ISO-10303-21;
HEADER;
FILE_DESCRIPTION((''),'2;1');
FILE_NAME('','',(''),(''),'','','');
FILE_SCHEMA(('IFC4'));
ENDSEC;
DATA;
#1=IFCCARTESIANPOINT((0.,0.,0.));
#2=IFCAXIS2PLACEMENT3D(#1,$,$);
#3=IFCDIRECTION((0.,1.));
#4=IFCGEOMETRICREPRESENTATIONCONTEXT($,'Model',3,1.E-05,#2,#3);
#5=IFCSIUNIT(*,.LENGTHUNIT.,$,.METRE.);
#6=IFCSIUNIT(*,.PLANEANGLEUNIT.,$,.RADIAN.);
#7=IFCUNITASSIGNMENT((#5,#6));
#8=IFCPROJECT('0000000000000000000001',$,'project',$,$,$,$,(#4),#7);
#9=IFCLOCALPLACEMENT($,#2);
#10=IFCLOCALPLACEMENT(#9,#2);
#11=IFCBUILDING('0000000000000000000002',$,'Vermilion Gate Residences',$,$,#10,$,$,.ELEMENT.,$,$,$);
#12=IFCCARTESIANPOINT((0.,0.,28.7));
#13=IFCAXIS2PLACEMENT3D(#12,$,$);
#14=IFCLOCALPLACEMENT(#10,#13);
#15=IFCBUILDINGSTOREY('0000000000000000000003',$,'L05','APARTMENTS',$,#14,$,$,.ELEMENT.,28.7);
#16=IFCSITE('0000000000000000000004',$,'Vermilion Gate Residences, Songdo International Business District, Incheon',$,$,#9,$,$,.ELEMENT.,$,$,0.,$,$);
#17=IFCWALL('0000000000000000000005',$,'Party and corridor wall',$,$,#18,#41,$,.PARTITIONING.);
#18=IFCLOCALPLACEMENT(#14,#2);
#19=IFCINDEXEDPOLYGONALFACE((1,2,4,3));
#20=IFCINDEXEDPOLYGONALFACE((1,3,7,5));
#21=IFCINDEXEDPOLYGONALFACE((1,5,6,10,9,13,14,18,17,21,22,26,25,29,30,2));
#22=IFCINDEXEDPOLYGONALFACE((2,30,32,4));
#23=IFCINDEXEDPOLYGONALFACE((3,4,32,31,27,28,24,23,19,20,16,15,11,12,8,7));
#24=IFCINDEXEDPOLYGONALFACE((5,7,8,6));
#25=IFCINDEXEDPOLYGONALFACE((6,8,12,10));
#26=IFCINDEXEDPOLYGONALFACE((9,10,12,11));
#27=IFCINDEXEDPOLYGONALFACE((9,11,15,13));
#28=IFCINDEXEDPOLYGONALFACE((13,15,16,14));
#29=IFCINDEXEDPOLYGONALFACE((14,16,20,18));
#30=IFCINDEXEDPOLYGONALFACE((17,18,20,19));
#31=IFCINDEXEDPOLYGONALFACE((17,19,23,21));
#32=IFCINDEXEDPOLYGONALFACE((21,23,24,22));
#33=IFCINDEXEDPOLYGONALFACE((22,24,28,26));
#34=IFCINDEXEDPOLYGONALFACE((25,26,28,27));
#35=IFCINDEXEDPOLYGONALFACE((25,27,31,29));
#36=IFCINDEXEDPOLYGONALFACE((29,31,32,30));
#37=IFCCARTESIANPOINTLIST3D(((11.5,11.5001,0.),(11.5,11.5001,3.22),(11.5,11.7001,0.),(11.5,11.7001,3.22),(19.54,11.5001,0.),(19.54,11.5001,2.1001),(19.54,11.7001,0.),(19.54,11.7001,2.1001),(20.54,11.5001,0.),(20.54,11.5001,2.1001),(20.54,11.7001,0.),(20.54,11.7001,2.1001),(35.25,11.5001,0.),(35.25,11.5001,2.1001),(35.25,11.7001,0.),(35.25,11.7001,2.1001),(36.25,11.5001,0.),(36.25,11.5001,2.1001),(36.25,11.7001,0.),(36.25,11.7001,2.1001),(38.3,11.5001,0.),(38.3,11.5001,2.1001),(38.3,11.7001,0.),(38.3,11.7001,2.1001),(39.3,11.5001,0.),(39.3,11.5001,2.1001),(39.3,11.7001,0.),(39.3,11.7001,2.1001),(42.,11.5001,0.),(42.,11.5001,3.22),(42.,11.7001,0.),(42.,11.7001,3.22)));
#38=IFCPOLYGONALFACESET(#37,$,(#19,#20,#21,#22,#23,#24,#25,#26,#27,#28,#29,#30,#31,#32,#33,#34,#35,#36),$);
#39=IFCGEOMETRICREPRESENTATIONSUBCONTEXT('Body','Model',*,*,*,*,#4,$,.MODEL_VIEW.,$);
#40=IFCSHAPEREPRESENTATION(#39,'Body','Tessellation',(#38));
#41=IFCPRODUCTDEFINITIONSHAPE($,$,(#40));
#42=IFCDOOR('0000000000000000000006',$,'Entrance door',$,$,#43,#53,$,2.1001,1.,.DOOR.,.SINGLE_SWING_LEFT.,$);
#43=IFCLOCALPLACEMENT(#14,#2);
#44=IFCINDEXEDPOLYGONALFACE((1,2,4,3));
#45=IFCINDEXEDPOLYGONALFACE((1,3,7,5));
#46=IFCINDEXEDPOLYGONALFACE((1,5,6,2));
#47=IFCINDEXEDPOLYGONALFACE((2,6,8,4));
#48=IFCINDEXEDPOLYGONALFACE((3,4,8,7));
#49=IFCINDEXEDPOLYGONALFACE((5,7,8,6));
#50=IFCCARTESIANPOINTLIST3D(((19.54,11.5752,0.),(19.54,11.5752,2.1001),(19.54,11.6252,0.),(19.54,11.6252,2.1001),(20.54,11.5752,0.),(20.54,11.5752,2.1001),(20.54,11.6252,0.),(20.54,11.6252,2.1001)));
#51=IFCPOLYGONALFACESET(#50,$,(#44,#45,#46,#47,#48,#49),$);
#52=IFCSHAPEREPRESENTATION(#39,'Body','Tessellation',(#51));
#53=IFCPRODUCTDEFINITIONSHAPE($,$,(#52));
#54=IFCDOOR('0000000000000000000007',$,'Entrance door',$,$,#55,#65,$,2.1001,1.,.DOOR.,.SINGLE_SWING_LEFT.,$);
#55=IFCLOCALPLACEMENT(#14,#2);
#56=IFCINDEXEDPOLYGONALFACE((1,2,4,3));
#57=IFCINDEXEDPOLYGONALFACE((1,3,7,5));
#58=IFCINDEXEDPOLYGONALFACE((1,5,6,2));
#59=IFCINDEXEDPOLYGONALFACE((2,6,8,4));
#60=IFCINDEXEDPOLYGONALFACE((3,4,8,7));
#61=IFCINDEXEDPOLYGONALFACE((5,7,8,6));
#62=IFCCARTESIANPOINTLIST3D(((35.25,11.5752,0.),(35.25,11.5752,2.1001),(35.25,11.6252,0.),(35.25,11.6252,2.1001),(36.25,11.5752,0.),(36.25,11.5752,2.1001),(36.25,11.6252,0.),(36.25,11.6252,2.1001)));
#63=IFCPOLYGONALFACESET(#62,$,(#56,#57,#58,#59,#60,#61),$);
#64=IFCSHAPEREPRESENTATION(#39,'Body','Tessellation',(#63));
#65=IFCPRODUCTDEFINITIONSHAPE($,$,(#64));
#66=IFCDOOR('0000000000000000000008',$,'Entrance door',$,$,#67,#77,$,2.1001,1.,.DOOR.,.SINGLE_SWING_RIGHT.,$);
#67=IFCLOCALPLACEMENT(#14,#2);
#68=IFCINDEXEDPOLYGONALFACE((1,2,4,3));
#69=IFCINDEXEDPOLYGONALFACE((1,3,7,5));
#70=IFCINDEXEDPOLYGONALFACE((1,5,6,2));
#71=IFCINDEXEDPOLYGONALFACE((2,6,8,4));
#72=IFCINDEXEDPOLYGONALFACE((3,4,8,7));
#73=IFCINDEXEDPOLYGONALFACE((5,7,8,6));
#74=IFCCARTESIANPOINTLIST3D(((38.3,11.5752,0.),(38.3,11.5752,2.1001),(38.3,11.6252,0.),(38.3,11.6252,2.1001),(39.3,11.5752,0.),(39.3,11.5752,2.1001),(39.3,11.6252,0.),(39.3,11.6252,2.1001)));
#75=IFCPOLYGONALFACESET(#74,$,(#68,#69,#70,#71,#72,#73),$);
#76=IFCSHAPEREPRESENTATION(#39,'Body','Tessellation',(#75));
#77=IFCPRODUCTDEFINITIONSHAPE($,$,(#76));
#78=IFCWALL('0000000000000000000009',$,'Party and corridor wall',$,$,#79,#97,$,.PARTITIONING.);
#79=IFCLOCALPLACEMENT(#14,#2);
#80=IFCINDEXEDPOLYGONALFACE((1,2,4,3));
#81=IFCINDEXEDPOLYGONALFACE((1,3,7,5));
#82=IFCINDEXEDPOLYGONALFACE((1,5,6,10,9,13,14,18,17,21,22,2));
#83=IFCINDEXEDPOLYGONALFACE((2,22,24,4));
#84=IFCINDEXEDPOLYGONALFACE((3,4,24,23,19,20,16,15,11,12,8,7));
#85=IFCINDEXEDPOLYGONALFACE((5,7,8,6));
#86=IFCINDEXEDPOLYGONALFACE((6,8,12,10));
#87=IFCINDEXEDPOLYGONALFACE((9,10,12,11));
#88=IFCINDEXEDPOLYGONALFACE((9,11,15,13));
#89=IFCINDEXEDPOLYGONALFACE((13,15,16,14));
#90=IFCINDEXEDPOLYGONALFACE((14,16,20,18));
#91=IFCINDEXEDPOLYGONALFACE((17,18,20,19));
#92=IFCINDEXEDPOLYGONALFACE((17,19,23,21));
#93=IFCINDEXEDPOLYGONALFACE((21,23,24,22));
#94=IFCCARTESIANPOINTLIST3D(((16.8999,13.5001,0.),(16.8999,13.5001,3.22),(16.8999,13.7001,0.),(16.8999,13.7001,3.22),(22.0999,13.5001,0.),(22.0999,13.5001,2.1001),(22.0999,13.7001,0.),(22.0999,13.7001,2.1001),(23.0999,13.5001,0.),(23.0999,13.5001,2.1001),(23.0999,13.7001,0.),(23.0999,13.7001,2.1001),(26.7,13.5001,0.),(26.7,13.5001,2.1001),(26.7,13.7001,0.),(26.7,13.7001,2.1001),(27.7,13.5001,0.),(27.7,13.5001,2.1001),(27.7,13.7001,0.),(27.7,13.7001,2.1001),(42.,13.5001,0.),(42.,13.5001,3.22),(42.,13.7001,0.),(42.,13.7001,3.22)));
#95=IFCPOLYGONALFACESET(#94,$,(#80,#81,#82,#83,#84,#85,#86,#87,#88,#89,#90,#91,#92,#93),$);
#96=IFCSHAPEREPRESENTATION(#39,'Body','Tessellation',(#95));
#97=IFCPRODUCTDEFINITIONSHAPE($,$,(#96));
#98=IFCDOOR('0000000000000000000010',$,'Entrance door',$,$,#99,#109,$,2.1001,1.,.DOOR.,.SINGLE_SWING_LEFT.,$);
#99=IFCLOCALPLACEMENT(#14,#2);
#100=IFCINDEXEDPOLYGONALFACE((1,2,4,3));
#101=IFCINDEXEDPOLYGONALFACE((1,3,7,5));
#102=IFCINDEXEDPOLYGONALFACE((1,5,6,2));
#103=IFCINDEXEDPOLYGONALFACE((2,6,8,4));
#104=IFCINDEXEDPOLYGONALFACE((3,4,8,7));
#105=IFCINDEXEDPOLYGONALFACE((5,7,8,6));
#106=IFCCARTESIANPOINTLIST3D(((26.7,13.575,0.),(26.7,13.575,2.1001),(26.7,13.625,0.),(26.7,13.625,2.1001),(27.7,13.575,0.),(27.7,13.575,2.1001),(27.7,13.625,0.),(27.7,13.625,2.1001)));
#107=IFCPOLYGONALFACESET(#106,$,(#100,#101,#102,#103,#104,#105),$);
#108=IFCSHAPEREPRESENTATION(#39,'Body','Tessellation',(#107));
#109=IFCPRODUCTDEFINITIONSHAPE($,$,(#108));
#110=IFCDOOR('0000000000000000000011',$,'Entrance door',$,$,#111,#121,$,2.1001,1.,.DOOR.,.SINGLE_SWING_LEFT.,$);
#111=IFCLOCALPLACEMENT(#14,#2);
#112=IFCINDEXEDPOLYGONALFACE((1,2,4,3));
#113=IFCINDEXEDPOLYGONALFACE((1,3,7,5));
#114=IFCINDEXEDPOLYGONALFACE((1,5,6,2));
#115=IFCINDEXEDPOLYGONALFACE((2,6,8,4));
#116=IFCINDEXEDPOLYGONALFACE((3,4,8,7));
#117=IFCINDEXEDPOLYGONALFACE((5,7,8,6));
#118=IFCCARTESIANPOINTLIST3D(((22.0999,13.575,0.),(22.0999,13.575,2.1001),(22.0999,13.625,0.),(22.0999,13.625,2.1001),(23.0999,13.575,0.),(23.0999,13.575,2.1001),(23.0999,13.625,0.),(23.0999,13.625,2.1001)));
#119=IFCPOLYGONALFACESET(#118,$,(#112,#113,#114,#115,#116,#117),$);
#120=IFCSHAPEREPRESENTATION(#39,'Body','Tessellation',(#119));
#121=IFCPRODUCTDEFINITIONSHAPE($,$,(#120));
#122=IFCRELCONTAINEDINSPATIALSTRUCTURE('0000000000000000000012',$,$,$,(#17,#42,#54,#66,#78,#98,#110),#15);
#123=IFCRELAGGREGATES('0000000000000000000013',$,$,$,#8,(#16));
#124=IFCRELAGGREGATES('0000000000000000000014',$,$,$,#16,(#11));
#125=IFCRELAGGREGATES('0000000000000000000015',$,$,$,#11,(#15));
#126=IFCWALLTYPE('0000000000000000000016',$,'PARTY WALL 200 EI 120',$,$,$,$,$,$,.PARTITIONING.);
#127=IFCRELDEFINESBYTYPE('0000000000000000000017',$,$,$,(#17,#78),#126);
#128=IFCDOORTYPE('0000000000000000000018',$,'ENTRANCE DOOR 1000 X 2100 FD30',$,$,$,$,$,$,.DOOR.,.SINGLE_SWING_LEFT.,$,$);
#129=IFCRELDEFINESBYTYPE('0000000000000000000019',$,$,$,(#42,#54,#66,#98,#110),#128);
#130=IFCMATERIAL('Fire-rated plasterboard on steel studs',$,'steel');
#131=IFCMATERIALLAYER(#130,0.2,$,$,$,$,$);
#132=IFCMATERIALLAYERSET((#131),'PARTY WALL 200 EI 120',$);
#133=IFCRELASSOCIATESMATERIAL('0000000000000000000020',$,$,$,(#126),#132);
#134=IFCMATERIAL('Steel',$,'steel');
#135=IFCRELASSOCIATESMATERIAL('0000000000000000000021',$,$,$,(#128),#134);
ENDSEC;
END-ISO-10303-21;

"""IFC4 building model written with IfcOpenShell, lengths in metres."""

from ifc_helpers import new_model, si_unit, direction, frame, frame_2d, origin, place, context, subcontext, project, spatial, rectangle, extrude, material, layer, layer_set, type_object, element, fill, save


model = new_model("IFC4")

# Units and contexts
model_context = context("Model", 3, precision=1e-05, world=origin(), true_north=direction((0.0, 1.0)))
body_context = subcontext(model_context, "Body", "Model", "MODEL_VIEW")
ifc_project = project(units=[si_unit("LENGTHUNIT", "METRE"), si_unit("PLANEANGLEUNIT", "RADIAN")], contexts=[model_context])

# Site, building, storey
site_placement = place(None, origin())
site = spatial("IfcSite", under=ifc_project, at=site_placement, Name="Vermilion Gate Residences, Songdo International Business District, Incheon", CompositionType="ELEMENT", RefElevation=0.0)
building_placement = place(site_placement, origin())
building = spatial("IfcBuilding", under=site, at=building_placement, Name="Vermilion Gate Residences", CompositionType="ELEMENT")
storey_placement = place(building_placement, frame((0.0, 0.0, 28.7)))
storey = spatial("IfcBuildingStorey", under=building, at=storey_placement, Name="L05", Description="APARTMENTS", CompositionType="ELEMENT", Elevation=28.7)

# Walls, openings, doors
ifc_material_1 = material(Name="Fire-rated plasterboard on steel studs", Category="steel")
ifc_layer_1 = layer(ifc_material_1, 0.2)
ifc_layer_set_1 = layer_set([ifc_layer_1], Name="PARTY WALL 200 EI 120")
wall_type_1 = type_object("IfcWallType", Name="PARTY WALL 200 EI 120", PredefinedType="PARTITIONING", material=ifc_layer_set_1)
wall_1_placement = place(storey_placement, frame((11.5, 11.6001, 0.0), z_axis=(0.0, 0.0, 1.0), x_axis=(1.0, 0.0, 0.0)))
wall_1 = element("IfcWall", 1, at=wall_1_placement, inside=storey, type_object=wall_type_1, Name="Party and corridor wall", PredefinedType="PARTITIONING", context=body_context, shape_type="SweptSolid", body=[
    extrude(rectangle(XDim=30.5, YDim=0.2, at=frame_2d((15.25, 0.0))), origin(), (0.0, 0.0, 1.0), 3.22),
])
opening_1_placement = place(wall_1_placement, frame((8.04, 0.0, 0.0)))
opening_1 = element("IfcOpeningElement", 2, at=opening_1_placement, cuts=wall_1, PredefinedType="OPENING", context=body_context, shape_type="SweptSolid", body=[
    extrude(rectangle(XDim=1.0, YDim=2.1001, at=frame_2d((0.5, 1.05))), frame((0.0, 0.1099, 0.0), z_axis=(0.0, -1.0, 0.0), x_axis=(1.0, 0.0, 0.0)), (0.0, 0.0, 1.0), 0.22),
])
opening_2_placement = place(wall_1_placement, frame((23.75, 0.0, 0.0)))
opening_2 = element("IfcOpeningElement", 3, at=opening_2_placement, cuts=wall_1, PredefinedType="OPENING", context=body_context, shape_type="SweptSolid", body=[
    extrude(rectangle(XDim=1.0, YDim=2.1001, at=frame_2d((0.5, 1.05))), frame((0.0, 0.1099, 0.0), z_axis=(0.0, -1.0, 0.0), x_axis=(1.0, 0.0, 0.0)), (0.0, 0.0, 1.0), 0.22),
])
opening_3_placement = place(wall_1_placement, frame((26.8, 0.0, 0.0)))
opening_3 = element("IfcOpeningElement", 4, at=opening_3_placement, cuts=wall_1, PredefinedType="OPENING", context=body_context, shape_type="SweptSolid", body=[
    extrude(rectangle(XDim=1.0, YDim=2.1001, at=frame_2d((0.5, 1.05))), frame((0.0, 0.1099, 0.0), z_axis=(0.0, -1.0, 0.0), x_axis=(1.0, 0.0, 0.0)), (0.0, 0.0, 1.0), 0.22),
])
ifc_material_2 = material(Name="Steel", Category="steel")
door_type_1 = type_object("IfcDoorType", Name="ENTRANCE DOOR 1000 X 2100 FD30", OperationType="SINGLE_SWING_LEFT", PredefinedType="DOOR", material=ifc_material_2)
door_1_placement = place(opening_1_placement, frame((1.0, 0.0, 0.0), z_axis=(0.0, 0.0, 1.0), x_axis=(-1.0, 0.0, 0.0)))
door_1 = element("IfcDoor", 5, at=door_1_placement, inside=storey, type_object=door_type_1, Name="Entrance door", OperationType="SINGLE_SWING_LEFT", OverallHeight=2.1001, OverallWidth=1.0, PredefinedType="DOOR", context=body_context, shape_type="SweptSolid", body=[
    extrude(rectangle(XDim=1.0, YDim=2.1001, at=frame_2d((0.5, 1.05))), frame((0.0, 0.0249, 0.0), z_axis=(0.0, -1.0, 0.0), x_axis=(1.0, 0.0, 0.0)), (0.0, 0.0, 1.0), 0.05),
])
fill(opening_1, door_1)
door_2_placement = place(opening_2_placement, frame((1.0, 0.0, 0.0), z_axis=(0.0, 0.0, 1.0), x_axis=(-1.0, 0.0, 0.0)))
door_2 = element("IfcDoor", 6, at=door_2_placement, inside=storey, type_object=door_type_1, Name="Entrance door", OperationType="SINGLE_SWING_LEFT", OverallHeight=2.1001, OverallWidth=1.0, PredefinedType="DOOR", context=body_context, shape_type="SweptSolid", body=[
    extrude(rectangle(XDim=1.0, YDim=2.1001, at=frame_2d((0.5, 1.05))), frame((0.0, 0.0249, 0.0), z_axis=(0.0, -1.0, 0.0), x_axis=(1.0, 0.0, 0.0)), (0.0, 0.0, 1.0), 0.05),
])
fill(opening_2, door_2)
door_3_placement = place(opening_3_placement, frame((1.0, 0.0, 0.0), z_axis=(0.0, 0.0, 1.0), x_axis=(-1.0, 0.0, 0.0)))
door_3 = element("IfcDoor", 7, at=door_3_placement, inside=storey, type_object=door_type_1, Name="Entrance door", OperationType="SINGLE_SWING_RIGHT", OverallHeight=2.1001, OverallWidth=1.0, PredefinedType="DOOR", context=body_context, shape_type="SweptSolid", body=[
    extrude(rectangle(XDim=1.0, YDim=2.1001, at=frame_2d((0.5, 1.05))), frame((0.0, 0.0249, 0.0), z_axis=(0.0, -1.0, 0.0), x_axis=(1.0, 0.0, 0.0)), (0.0, 0.0, 1.0), 0.05),
])
fill(opening_3, door_3)
wall_2_placement = place(storey_placement, frame((16.8999, 13.6001, 0.0), z_axis=(0.0, 0.0, 1.0), x_axis=(1.0, 0.0, 0.0)))
wall_2 = element("IfcWall", 8, at=wall_2_placement, inside=storey, type_object=wall_type_1, Name="Party and corridor wall", PredefinedType="PARTITIONING", context=body_context, shape_type="SweptSolid", body=[
    extrude(rectangle(XDim=25.1001, YDim=0.2, at=frame_2d((12.55, 0.0))), origin(), (0.0, 0.0, 1.0), 3.22),
])
opening_4_placement = place(wall_2_placement, frame((9.8, 0.0, 0.0)))
opening_4 = element("IfcOpeningElement", 9, at=opening_4_placement, cuts=wall_2, PredefinedType="OPENING", context=body_context, shape_type="SweptSolid", body=[
    extrude(rectangle(XDim=1.0, YDim=2.1001, at=frame_2d((0.5, 1.05))), frame((0.0, 0.1099, 0.0), z_axis=(0.0, -1.0, 0.0), x_axis=(1.0, 0.0, 0.0)), (0.0, 0.0, 1.0), 0.22),
])
opening_5_placement = place(wall_2_placement, frame((5.2, 0.0, 0.0)))
opening_5 = element("IfcOpeningElement", 10, at=opening_5_placement, cuts=wall_2, PredefinedType="OPENING", context=body_context, shape_type="SweptSolid", body=[
    extrude(rectangle(XDim=1.0, YDim=2.1001, at=frame_2d((0.5, 1.05))), frame((0.0, 0.1099, 0.0), z_axis=(0.0, -1.0, 0.0), x_axis=(1.0, 0.0, 0.0)), (0.0, 0.0, 1.0), 0.22),
])
door_4_placement = place(opening_4_placement, origin())
door_4 = element("IfcDoor", 11, at=door_4_placement, inside=storey, type_object=door_type_1, Name="Entrance door", OperationType="SINGLE_SWING_LEFT", OverallHeight=2.1001, OverallWidth=1.0, PredefinedType="DOOR", context=body_context, shape_type="SweptSolid", body=[
    extrude(rectangle(XDim=1.0, YDim=2.1001, at=frame_2d((0.5, 1.05))), frame((0.0, 0.0249, 0.0), z_axis=(0.0, -1.0, 0.0), x_axis=(1.0, 0.0, 0.0)), (0.0, 0.0, 1.0), 0.05),
])
fill(opening_4, door_4)
door_5_placement = place(opening_5_placement, origin())
door_5 = element("IfcDoor", 12, at=door_5_placement, inside=storey, type_object=door_type_1, Name="Entrance door", OperationType="SINGLE_SWING_LEFT", OverallHeight=2.1001, OverallWidth=1.0, PredefinedType="DOOR", context=body_context, shape_type="SweptSolid", body=[
    extrude(rectangle(XDim=1.0, YDim=2.1001, at=frame_2d((0.5, 1.05))), frame((0.0, 0.0249, 0.0), z_axis=(0.0, -1.0, 0.0), x_axis=(1.0, 0.0, 0.0)), (0.0, 0.0, 1.0), 0.05),
])
fill(opening_5, door_5)

save(model, "model.ifc")
